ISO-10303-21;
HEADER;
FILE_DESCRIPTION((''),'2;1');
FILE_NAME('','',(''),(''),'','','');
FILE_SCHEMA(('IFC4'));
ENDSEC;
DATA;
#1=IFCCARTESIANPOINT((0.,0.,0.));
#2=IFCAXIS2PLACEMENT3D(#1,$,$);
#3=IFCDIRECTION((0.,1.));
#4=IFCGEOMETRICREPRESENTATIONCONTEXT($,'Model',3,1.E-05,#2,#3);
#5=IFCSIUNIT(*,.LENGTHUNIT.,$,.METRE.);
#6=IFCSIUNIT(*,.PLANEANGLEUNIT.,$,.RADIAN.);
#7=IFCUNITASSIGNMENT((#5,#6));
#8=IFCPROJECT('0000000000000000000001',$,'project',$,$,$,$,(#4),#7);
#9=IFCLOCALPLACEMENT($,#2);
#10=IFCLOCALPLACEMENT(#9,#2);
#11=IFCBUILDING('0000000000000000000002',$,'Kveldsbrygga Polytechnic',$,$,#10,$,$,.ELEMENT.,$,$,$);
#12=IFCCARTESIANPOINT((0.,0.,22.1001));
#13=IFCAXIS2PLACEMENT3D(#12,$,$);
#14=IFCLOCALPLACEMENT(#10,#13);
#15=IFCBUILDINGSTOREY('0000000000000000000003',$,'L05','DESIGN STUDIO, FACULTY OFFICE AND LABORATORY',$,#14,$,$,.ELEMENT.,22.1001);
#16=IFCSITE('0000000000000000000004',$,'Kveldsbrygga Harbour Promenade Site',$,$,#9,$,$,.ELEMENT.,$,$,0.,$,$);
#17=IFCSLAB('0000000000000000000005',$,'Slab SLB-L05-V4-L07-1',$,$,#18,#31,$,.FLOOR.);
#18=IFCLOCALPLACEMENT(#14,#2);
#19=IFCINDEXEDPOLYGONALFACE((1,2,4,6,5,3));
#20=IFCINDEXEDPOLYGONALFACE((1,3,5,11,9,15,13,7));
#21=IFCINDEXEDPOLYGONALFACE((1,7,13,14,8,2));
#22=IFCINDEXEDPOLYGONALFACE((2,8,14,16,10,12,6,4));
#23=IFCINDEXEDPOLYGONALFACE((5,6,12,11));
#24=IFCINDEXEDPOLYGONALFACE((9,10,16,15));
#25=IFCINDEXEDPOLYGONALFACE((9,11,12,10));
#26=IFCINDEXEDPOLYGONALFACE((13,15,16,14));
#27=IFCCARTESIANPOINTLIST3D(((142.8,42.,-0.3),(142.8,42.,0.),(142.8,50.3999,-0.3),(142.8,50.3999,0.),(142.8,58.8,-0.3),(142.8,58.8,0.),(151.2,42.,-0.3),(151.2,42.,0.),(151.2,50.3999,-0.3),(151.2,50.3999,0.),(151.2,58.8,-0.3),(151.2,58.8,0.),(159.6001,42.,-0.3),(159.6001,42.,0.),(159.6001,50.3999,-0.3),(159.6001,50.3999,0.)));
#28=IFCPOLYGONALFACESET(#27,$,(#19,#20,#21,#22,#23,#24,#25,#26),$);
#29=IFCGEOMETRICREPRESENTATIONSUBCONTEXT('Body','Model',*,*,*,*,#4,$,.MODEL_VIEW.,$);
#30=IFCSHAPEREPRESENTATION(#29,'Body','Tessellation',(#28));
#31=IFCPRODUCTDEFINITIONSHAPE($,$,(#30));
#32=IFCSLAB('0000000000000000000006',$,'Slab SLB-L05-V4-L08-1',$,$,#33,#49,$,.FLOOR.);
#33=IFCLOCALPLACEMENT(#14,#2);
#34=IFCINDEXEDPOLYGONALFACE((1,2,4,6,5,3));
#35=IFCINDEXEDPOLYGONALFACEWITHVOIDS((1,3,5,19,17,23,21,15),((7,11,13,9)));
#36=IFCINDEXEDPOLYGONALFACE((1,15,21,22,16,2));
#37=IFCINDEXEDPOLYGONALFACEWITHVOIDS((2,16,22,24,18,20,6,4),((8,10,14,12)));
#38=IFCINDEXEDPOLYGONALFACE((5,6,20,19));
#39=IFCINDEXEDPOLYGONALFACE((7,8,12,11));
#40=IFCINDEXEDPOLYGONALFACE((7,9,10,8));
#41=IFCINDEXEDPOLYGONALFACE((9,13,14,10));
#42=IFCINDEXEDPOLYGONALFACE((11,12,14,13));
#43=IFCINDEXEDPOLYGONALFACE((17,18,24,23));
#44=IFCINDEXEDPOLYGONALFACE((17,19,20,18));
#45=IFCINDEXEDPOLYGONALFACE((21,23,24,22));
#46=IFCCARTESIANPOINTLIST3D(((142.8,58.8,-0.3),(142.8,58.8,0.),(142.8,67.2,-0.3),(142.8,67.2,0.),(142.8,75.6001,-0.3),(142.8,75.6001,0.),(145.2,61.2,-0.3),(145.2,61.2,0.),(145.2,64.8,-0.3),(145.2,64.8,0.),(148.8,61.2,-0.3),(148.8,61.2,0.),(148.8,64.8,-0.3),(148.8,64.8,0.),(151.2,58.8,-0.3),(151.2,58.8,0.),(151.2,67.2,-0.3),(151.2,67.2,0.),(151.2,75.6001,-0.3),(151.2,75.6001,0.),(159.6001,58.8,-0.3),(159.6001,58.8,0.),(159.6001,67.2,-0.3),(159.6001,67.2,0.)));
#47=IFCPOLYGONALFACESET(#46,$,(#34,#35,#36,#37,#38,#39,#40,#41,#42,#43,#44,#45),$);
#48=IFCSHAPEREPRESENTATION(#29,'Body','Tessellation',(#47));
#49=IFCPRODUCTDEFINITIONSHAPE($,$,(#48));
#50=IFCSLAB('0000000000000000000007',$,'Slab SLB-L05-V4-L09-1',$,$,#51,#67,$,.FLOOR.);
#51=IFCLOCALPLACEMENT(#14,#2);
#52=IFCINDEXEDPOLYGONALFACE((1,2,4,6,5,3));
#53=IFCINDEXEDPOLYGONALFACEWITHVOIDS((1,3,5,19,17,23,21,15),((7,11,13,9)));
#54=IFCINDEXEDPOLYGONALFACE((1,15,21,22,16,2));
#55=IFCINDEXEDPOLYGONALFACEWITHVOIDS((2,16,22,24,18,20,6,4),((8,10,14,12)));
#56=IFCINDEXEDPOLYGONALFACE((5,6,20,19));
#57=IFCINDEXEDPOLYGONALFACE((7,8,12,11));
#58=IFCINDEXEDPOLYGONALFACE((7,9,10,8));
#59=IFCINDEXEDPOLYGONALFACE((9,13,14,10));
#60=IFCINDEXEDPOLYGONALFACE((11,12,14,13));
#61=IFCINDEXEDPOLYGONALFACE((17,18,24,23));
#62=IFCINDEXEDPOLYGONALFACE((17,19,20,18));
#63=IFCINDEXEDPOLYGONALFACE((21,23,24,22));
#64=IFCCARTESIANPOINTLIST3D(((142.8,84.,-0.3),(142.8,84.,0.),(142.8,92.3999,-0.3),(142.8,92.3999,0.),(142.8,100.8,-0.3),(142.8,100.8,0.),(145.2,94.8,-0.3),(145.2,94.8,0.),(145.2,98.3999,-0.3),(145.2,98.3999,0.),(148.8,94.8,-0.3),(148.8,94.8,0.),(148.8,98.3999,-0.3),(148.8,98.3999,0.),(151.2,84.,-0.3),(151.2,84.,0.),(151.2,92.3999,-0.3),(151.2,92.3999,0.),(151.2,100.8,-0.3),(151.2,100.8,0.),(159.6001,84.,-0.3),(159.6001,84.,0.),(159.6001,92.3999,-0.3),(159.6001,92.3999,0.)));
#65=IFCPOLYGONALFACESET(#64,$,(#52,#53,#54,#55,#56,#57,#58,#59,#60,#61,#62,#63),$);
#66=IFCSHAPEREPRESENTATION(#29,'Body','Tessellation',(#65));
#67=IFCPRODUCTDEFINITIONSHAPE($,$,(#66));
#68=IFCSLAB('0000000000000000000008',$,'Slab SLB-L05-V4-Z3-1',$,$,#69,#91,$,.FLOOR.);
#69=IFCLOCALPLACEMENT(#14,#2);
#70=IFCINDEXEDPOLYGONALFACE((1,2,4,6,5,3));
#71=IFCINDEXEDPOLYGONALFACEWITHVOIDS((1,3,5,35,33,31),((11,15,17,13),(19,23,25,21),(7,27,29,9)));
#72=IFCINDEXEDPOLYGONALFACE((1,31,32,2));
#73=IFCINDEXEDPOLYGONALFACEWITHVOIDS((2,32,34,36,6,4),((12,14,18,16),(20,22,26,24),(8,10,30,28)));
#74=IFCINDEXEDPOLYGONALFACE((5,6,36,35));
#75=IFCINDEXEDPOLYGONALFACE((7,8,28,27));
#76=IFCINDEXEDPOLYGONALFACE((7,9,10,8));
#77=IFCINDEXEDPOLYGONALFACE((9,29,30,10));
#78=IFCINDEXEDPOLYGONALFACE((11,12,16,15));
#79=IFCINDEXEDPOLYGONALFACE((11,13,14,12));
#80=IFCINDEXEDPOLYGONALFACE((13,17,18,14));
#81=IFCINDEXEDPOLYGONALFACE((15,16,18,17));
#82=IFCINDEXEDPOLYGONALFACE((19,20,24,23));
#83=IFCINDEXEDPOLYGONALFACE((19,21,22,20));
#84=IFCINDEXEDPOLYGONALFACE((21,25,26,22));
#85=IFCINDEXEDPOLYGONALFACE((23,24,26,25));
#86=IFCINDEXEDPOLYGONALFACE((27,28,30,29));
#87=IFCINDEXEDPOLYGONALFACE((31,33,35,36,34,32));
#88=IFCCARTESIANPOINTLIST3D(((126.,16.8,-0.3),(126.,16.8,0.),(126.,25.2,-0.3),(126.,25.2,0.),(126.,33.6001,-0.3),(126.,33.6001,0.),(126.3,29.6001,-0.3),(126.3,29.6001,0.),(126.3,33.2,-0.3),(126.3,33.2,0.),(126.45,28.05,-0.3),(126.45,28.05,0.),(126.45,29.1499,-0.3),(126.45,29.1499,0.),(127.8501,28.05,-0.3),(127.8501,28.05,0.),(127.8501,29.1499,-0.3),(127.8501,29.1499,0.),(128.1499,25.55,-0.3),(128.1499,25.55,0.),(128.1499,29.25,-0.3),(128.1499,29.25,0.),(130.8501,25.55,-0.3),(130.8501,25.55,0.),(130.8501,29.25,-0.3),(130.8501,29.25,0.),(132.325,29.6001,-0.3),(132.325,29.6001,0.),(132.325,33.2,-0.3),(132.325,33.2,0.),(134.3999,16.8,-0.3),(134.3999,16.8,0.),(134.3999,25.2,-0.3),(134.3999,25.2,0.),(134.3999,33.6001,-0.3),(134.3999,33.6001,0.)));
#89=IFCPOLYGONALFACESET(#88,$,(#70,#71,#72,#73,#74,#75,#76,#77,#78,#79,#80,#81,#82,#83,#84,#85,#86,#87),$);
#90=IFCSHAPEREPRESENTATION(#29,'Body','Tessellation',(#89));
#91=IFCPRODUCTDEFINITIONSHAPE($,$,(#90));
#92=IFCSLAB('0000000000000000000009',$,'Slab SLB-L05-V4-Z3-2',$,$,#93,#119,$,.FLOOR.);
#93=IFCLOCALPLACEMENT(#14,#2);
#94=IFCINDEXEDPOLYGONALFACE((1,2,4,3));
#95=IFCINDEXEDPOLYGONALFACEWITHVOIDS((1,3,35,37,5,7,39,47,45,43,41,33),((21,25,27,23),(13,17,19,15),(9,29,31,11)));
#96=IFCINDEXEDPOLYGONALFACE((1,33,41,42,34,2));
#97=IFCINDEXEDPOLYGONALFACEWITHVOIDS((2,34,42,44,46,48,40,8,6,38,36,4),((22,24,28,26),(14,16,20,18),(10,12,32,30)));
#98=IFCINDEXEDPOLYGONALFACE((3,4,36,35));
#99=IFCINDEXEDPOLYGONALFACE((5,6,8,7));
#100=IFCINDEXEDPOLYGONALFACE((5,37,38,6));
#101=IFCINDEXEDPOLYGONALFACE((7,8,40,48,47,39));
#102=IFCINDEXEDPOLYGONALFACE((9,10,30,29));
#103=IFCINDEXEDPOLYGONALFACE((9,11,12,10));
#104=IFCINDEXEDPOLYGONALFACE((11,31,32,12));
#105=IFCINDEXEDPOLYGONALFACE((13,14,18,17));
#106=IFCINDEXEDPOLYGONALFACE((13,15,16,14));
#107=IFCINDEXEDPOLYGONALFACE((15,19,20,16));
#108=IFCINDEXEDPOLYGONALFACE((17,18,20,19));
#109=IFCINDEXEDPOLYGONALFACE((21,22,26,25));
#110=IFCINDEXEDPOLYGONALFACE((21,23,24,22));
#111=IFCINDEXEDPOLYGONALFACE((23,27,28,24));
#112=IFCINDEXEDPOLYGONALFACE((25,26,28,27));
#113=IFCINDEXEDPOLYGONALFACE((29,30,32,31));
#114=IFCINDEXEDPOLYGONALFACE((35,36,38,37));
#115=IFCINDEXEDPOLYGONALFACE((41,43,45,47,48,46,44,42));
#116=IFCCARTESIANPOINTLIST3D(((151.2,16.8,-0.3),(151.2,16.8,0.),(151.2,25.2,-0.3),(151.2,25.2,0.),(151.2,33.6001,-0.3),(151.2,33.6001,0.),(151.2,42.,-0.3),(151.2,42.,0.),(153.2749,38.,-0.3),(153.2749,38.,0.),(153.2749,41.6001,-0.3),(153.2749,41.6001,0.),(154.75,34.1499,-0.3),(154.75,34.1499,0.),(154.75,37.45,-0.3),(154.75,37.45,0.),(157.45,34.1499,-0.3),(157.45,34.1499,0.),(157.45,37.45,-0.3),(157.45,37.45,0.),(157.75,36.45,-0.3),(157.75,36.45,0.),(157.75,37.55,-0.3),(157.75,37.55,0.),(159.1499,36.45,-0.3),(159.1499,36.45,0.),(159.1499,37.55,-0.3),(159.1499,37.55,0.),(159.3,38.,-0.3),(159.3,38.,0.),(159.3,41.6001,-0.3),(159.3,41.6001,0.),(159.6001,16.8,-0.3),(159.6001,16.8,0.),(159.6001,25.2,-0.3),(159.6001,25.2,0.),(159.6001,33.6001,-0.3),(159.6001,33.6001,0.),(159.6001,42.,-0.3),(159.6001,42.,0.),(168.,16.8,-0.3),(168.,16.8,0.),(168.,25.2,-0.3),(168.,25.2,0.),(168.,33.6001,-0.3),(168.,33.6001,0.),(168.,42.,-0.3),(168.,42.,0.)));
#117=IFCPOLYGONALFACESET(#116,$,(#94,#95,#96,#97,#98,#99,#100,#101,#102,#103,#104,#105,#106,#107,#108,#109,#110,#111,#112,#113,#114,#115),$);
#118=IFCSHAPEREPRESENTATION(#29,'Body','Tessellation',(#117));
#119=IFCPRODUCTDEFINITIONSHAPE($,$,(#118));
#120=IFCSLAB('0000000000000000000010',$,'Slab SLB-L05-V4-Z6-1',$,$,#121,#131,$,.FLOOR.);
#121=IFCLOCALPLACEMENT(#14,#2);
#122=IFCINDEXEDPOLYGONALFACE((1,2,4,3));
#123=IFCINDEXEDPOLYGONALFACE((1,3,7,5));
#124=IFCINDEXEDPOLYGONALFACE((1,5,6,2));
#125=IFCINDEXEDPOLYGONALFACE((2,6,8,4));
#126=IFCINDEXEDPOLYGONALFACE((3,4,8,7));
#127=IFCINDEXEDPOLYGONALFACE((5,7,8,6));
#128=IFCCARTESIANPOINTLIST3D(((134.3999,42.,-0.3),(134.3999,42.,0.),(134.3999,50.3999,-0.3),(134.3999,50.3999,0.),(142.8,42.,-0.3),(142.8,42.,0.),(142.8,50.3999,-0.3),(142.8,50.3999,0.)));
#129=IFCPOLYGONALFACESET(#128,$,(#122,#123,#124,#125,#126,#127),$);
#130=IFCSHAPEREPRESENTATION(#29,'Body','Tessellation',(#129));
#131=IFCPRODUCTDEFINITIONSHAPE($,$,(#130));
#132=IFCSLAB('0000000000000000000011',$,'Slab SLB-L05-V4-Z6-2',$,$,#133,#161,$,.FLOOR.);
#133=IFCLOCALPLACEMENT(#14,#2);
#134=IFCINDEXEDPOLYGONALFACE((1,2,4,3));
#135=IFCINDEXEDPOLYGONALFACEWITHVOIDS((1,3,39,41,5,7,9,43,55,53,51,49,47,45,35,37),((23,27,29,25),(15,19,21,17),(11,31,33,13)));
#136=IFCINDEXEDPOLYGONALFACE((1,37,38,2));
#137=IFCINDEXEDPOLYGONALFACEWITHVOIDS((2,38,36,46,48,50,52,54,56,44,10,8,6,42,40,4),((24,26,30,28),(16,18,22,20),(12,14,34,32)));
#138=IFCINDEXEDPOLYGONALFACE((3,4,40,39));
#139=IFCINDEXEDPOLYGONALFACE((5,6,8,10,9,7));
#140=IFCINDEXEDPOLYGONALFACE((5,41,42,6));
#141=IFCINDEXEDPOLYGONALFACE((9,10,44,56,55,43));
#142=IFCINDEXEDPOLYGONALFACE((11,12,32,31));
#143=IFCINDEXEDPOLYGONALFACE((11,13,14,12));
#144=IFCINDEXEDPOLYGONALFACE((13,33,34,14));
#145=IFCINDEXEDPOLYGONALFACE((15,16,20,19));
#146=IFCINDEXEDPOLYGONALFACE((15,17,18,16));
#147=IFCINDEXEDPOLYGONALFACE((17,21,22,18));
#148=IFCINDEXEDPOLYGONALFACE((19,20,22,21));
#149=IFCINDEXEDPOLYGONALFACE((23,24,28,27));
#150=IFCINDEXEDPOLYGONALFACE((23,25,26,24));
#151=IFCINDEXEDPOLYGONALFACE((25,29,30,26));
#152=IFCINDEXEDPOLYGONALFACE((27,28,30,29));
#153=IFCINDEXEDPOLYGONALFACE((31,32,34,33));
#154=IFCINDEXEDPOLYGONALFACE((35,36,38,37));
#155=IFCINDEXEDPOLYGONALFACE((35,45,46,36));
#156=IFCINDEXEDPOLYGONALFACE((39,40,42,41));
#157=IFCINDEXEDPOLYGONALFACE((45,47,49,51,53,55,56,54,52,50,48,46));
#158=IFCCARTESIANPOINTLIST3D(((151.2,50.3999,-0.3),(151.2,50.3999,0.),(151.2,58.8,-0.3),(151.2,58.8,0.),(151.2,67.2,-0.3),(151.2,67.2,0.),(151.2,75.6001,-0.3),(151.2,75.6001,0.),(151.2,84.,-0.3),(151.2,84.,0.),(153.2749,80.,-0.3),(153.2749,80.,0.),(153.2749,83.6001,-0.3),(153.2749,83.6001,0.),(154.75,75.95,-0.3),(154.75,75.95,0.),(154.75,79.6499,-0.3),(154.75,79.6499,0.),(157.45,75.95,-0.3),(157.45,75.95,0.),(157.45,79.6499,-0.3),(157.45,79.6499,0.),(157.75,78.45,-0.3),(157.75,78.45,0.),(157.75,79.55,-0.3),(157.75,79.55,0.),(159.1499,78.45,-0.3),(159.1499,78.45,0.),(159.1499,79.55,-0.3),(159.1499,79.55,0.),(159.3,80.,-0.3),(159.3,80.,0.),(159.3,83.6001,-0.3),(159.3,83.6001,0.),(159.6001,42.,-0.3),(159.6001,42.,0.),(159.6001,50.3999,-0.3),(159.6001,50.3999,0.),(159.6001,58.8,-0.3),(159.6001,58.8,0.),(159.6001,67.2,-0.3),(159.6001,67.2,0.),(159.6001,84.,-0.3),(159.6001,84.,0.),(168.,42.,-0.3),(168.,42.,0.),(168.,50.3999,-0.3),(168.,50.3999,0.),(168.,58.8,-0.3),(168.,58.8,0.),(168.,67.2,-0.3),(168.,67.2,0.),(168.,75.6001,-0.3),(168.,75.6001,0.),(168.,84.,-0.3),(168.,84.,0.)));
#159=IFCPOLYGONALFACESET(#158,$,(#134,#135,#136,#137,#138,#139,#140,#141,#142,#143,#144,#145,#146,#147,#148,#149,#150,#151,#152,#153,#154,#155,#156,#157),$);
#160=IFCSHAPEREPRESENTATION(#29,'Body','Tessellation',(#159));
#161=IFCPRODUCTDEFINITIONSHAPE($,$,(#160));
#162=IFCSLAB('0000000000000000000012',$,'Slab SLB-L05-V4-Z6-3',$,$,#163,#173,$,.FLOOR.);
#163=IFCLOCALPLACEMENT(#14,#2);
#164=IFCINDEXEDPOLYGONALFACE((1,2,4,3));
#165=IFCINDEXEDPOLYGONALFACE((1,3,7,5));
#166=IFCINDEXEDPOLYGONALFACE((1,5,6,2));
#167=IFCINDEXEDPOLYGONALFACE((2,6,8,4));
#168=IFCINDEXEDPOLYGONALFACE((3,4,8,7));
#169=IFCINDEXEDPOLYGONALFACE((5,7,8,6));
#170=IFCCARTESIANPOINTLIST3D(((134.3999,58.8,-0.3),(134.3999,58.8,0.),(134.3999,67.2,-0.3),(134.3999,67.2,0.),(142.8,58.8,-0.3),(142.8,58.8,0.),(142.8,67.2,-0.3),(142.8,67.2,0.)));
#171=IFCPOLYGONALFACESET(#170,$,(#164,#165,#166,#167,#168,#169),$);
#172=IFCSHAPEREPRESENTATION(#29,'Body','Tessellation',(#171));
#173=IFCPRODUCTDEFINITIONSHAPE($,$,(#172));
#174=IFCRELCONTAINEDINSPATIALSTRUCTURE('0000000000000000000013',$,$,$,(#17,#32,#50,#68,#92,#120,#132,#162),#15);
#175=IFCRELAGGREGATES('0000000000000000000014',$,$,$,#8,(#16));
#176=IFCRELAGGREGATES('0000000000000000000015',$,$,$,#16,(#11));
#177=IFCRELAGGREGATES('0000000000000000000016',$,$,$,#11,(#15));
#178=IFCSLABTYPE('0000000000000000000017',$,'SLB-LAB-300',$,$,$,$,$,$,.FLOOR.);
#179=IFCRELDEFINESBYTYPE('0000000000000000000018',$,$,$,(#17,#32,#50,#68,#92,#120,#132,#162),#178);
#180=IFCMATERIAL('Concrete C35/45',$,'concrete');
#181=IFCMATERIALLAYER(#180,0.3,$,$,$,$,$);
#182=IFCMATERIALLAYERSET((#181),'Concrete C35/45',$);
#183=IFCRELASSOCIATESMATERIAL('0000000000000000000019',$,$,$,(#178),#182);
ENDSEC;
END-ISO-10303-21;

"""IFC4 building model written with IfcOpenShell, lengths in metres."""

from ifc_helpers import new_model, si_unit, direction, frame, origin, place, context, subcontext, project, spatial, polyline, outline, extrude, material, layer, layer_set, type_object, element, save


model = new_model("IFC4")

# Units and contexts
model_context = context("Model", 3, precision=1e-05, world=origin(), true_north=direction((0.0, 1.0)))
body_context = subcontext(model_context, "Body", "Model", "MODEL_VIEW")
ifc_project = project(units=[si_unit("LENGTHUNIT", "METRE"), si_unit("PLANEANGLEUNIT", "RADIAN")], contexts=[model_context])

# Site, building, storey
site_placement = place(None, origin())
site = spatial("IfcSite", under=ifc_project, at=site_placement, Name="Kveldsbrygga Harbour Promenade Site", CompositionType="ELEMENT", RefElevation=0.0)
building_placement = place(site_placement, origin())
building = spatial("IfcBuilding", under=site, at=building_placement, Name="Kveldsbrygga Polytechnic", CompositionType="ELEMENT")
storey_placement = place(building_placement, frame((0.0, 0.0, 22.1001)))
storey = spatial("IfcBuildingStorey", under=building, at=storey_placement, Name="L05", Description="DESIGN STUDIO, FACULTY OFFICE AND LABORATORY", CompositionType="ELEMENT", Elevation=22.1001)

# Slabs
ifc_material_1 = material(Name="Concrete C35/45", Category="concrete")
ifc_layer_1 = layer(ifc_material_1, 0.3)
ifc_layer_set_1 = layer_set([ifc_layer_1], Name="Concrete C35/45")
slab_type_1 = type_object("IfcSlabType", Name="SLB-LAB-300", PredefinedType="FLOOR", material=ifc_layer_set_1)
slab_1_placement = place(storey_placement, frame((0.0, 0.0, -0.3)))
element("IfcSlab", 1, at=slab_1_placement, inside=storey, type_object=slab_type_1, Name="Slab SLB-L05-V4-L07-1", PredefinedType="FLOOR", context=body_context, shape_type="SweptSolid", body=[
    extrude(outline(polyline([(142.8, 42.0), (142.8, 50.3999), (142.8, 58.8), (151.2, 58.8), (151.2, 50.3999), (159.6001, 50.3999), (159.6001, 42.0), (151.2, 42.0), (142.8, 42.0)])), origin(), (0.0, 0.0, 1.0), 0.3),
])
slab_2_placement = place(storey_placement, frame((0.0, 0.0, -0.3)))
element("IfcSlab", 2, at=slab_2_placement, inside=storey, type_object=slab_type_1, Name="Slab SLB-L05-V4-L08-1", PredefinedType="FLOOR", context=body_context, shape_type="SweptSolid", body=[
    extrude(outline(polyline([(142.8, 58.8), (142.8, 67.2), (142.8, 75.6001), (151.2, 75.6001), (151.2, 67.2), (159.6001, 67.2), (159.6001, 58.8), (151.2, 58.8), (142.8, 58.8)]), holes=[polyline([(145.2, 61.2), (148.8, 61.2), (148.8, 64.8), (145.2, 64.8), (145.2, 61.2)])]), origin(), (0.0, 0.0, 1.0), 0.3),
])
slab_3_placement = place(storey_placement, frame((0.0, 0.0, -0.3)))
element("IfcSlab", 3, at=slab_3_placement, inside=storey, type_object=slab_type_1, Name="Slab SLB-L05-V4-L09-1", PredefinedType="FLOOR", context=body_context, shape_type="SweptSolid", body=[
    extrude(outline(polyline([(142.8, 84.0), (142.8, 92.3999), (142.8, 100.8), (151.2, 100.8), (151.2, 92.3999), (159.6001, 92.3999), (159.6001, 84.0), (151.2, 84.0), (142.8, 84.0)]), holes=[polyline([(145.2, 94.8), (148.8, 94.8), (148.8, 98.3999), (145.2, 98.3999), (145.2, 94.8)])]), origin(), (0.0, 0.0, 1.0), 0.3),
])
slab_4_placement = place(storey_placement, frame((0.0, 0.0, -0.3)))
element("IfcSlab", 4, at=slab_4_placement, inside=storey, type_object=slab_type_1, Name="Slab SLB-L05-V4-Z3-1", PredefinedType="FLOOR", context=body_context, shape_type="SweptSolid", body=[
    extrude(outline(polyline([(126.0, 25.2), (126.0, 33.6001), (134.3999, 33.6001), (134.3999, 25.2), (134.3999, 16.8), (126.0, 16.8), (126.0, 25.2)]), holes=[polyline([(132.325, 33.2), (126.3, 33.2), (126.3, 29.6001), (132.325, 29.6001), (132.325, 33.2)]), polyline([(128.1499, 25.55), (130.8501, 25.55), (130.8501, 29.25), (128.1499, 29.25), (128.1499, 25.55)]), polyline([(126.45, 28.05), (127.8501, 28.05), (127.8501, 29.1499), (126.45, 29.1499), (126.45, 28.05)])]), origin(), (0.0, 0.0, 1.0), 0.3),
])
slab_5_placement = place(storey_placement, frame((0.0, 0.0, -0.3)))
element("IfcSlab", 5, at=slab_5_placement, inside=storey, type_object=slab_type_1, Name="Slab SLB-L05-V4-Z3-2", PredefinedType="FLOOR", context=body_context, shape_type="SweptSolid", body=[
    extrude(outline(polyline([(159.6001, 25.2), (159.6001, 33.6001), (151.2, 33.6001), (151.2, 42.0), (159.6001, 42.0), (168.0, 42.0), (168.0, 33.6001), (168.0, 25.2), (168.0, 16.8), (159.6001, 16.8), (151.2, 16.8), (151.2, 25.2), (159.6001, 25.2)]), holes=[polyline([(153.2749, 38.0), (159.3, 38.0), (159.3, 41.6001), (153.2749, 41.6001), (153.2749, 38.0)]), polyline([(154.75, 34.1499), (157.45, 34.1499), (157.45, 37.45), (154.75, 37.45), (154.75, 34.1499)]), polyline([(157.75, 36.45), (159.1499, 36.45), (159.1499, 37.55), (157.75, 37.55), (157.75, 36.45)])]), origin(), (0.0, 0.0, 1.0), 0.3),
])
slab_6_placement = place(storey_placement, frame((0.0, 0.0, -0.3)))
element("IfcSlab", 6, at=slab_6_placement, inside=storey, type_object=slab_type_1, Name="Slab SLB-L05-V4-Z6-1", PredefinedType="FLOOR", context=body_context, shape_type="SweptSolid", body=[
    extrude(outline(polyline([(142.8, 50.3999), (142.8, 42.0), (134.3999, 42.0), (134.3999, 50.3999), (142.8, 50.3999)])), origin(), (0.0, 0.0, 1.0), 0.3),
])
slab_7_placement = place(storey_placement, frame((0.0, 0.0, -0.3)))
element("IfcSlab", 7, at=slab_7_placement, inside=storey, type_object=slab_type_1, Name="Slab SLB-L05-V4-Z6-2", PredefinedType="FLOOR", context=body_context, shape_type="SweptSolid", body=[
    extrude(outline(polyline([(151.2, 50.3999), (151.2, 58.8), (159.6001, 58.8), (159.6001, 67.2), (151.2, 67.2), (151.2, 75.6001), (151.2, 84.0), (159.6001, 84.0), (168.0, 84.0), (168.0, 75.6001), (168.0, 67.2), (168.0, 58.8), (168.0, 50.3999), (168.0, 42.0), (159.6001, 42.0), (159.6001, 50.3999), (151.2, 50.3999)]), holes=[polyline([(153.2749, 80.0), (159.3, 80.0), (159.3, 83.6001), (153.2749, 83.6001), (153.2749, 80.0)]), polyline([(154.75, 75.95), (157.45, 75.95), (157.45, 79.6499), (154.75, 79.6499), (154.75, 75.95)]), polyline([(157.75, 78.45), (159.1499, 78.45), (159.1499, 79.55), (157.75, 79.55), (157.75, 78.45)])]), origin(), (0.0, 0.0, 1.0), 0.3),
])
slab_8_placement = place(storey_placement, frame((0.0, 0.0, -0.3)))
element("IfcSlab", 8, at=slab_8_placement, inside=storey, type_object=slab_type_1, Name="Slab SLB-L05-V4-Z6-3", PredefinedType="FLOOR", context=body_context, shape_type="SweptSolid", body=[
    extrude(outline(polyline([(142.8, 58.8), (134.3999, 58.8), (134.3999, 67.2), (142.8, 67.2), (142.8, 58.8)])), origin(), (0.0, 0.0, 1.0), 0.3),
])

save(model, "model.ifc")
